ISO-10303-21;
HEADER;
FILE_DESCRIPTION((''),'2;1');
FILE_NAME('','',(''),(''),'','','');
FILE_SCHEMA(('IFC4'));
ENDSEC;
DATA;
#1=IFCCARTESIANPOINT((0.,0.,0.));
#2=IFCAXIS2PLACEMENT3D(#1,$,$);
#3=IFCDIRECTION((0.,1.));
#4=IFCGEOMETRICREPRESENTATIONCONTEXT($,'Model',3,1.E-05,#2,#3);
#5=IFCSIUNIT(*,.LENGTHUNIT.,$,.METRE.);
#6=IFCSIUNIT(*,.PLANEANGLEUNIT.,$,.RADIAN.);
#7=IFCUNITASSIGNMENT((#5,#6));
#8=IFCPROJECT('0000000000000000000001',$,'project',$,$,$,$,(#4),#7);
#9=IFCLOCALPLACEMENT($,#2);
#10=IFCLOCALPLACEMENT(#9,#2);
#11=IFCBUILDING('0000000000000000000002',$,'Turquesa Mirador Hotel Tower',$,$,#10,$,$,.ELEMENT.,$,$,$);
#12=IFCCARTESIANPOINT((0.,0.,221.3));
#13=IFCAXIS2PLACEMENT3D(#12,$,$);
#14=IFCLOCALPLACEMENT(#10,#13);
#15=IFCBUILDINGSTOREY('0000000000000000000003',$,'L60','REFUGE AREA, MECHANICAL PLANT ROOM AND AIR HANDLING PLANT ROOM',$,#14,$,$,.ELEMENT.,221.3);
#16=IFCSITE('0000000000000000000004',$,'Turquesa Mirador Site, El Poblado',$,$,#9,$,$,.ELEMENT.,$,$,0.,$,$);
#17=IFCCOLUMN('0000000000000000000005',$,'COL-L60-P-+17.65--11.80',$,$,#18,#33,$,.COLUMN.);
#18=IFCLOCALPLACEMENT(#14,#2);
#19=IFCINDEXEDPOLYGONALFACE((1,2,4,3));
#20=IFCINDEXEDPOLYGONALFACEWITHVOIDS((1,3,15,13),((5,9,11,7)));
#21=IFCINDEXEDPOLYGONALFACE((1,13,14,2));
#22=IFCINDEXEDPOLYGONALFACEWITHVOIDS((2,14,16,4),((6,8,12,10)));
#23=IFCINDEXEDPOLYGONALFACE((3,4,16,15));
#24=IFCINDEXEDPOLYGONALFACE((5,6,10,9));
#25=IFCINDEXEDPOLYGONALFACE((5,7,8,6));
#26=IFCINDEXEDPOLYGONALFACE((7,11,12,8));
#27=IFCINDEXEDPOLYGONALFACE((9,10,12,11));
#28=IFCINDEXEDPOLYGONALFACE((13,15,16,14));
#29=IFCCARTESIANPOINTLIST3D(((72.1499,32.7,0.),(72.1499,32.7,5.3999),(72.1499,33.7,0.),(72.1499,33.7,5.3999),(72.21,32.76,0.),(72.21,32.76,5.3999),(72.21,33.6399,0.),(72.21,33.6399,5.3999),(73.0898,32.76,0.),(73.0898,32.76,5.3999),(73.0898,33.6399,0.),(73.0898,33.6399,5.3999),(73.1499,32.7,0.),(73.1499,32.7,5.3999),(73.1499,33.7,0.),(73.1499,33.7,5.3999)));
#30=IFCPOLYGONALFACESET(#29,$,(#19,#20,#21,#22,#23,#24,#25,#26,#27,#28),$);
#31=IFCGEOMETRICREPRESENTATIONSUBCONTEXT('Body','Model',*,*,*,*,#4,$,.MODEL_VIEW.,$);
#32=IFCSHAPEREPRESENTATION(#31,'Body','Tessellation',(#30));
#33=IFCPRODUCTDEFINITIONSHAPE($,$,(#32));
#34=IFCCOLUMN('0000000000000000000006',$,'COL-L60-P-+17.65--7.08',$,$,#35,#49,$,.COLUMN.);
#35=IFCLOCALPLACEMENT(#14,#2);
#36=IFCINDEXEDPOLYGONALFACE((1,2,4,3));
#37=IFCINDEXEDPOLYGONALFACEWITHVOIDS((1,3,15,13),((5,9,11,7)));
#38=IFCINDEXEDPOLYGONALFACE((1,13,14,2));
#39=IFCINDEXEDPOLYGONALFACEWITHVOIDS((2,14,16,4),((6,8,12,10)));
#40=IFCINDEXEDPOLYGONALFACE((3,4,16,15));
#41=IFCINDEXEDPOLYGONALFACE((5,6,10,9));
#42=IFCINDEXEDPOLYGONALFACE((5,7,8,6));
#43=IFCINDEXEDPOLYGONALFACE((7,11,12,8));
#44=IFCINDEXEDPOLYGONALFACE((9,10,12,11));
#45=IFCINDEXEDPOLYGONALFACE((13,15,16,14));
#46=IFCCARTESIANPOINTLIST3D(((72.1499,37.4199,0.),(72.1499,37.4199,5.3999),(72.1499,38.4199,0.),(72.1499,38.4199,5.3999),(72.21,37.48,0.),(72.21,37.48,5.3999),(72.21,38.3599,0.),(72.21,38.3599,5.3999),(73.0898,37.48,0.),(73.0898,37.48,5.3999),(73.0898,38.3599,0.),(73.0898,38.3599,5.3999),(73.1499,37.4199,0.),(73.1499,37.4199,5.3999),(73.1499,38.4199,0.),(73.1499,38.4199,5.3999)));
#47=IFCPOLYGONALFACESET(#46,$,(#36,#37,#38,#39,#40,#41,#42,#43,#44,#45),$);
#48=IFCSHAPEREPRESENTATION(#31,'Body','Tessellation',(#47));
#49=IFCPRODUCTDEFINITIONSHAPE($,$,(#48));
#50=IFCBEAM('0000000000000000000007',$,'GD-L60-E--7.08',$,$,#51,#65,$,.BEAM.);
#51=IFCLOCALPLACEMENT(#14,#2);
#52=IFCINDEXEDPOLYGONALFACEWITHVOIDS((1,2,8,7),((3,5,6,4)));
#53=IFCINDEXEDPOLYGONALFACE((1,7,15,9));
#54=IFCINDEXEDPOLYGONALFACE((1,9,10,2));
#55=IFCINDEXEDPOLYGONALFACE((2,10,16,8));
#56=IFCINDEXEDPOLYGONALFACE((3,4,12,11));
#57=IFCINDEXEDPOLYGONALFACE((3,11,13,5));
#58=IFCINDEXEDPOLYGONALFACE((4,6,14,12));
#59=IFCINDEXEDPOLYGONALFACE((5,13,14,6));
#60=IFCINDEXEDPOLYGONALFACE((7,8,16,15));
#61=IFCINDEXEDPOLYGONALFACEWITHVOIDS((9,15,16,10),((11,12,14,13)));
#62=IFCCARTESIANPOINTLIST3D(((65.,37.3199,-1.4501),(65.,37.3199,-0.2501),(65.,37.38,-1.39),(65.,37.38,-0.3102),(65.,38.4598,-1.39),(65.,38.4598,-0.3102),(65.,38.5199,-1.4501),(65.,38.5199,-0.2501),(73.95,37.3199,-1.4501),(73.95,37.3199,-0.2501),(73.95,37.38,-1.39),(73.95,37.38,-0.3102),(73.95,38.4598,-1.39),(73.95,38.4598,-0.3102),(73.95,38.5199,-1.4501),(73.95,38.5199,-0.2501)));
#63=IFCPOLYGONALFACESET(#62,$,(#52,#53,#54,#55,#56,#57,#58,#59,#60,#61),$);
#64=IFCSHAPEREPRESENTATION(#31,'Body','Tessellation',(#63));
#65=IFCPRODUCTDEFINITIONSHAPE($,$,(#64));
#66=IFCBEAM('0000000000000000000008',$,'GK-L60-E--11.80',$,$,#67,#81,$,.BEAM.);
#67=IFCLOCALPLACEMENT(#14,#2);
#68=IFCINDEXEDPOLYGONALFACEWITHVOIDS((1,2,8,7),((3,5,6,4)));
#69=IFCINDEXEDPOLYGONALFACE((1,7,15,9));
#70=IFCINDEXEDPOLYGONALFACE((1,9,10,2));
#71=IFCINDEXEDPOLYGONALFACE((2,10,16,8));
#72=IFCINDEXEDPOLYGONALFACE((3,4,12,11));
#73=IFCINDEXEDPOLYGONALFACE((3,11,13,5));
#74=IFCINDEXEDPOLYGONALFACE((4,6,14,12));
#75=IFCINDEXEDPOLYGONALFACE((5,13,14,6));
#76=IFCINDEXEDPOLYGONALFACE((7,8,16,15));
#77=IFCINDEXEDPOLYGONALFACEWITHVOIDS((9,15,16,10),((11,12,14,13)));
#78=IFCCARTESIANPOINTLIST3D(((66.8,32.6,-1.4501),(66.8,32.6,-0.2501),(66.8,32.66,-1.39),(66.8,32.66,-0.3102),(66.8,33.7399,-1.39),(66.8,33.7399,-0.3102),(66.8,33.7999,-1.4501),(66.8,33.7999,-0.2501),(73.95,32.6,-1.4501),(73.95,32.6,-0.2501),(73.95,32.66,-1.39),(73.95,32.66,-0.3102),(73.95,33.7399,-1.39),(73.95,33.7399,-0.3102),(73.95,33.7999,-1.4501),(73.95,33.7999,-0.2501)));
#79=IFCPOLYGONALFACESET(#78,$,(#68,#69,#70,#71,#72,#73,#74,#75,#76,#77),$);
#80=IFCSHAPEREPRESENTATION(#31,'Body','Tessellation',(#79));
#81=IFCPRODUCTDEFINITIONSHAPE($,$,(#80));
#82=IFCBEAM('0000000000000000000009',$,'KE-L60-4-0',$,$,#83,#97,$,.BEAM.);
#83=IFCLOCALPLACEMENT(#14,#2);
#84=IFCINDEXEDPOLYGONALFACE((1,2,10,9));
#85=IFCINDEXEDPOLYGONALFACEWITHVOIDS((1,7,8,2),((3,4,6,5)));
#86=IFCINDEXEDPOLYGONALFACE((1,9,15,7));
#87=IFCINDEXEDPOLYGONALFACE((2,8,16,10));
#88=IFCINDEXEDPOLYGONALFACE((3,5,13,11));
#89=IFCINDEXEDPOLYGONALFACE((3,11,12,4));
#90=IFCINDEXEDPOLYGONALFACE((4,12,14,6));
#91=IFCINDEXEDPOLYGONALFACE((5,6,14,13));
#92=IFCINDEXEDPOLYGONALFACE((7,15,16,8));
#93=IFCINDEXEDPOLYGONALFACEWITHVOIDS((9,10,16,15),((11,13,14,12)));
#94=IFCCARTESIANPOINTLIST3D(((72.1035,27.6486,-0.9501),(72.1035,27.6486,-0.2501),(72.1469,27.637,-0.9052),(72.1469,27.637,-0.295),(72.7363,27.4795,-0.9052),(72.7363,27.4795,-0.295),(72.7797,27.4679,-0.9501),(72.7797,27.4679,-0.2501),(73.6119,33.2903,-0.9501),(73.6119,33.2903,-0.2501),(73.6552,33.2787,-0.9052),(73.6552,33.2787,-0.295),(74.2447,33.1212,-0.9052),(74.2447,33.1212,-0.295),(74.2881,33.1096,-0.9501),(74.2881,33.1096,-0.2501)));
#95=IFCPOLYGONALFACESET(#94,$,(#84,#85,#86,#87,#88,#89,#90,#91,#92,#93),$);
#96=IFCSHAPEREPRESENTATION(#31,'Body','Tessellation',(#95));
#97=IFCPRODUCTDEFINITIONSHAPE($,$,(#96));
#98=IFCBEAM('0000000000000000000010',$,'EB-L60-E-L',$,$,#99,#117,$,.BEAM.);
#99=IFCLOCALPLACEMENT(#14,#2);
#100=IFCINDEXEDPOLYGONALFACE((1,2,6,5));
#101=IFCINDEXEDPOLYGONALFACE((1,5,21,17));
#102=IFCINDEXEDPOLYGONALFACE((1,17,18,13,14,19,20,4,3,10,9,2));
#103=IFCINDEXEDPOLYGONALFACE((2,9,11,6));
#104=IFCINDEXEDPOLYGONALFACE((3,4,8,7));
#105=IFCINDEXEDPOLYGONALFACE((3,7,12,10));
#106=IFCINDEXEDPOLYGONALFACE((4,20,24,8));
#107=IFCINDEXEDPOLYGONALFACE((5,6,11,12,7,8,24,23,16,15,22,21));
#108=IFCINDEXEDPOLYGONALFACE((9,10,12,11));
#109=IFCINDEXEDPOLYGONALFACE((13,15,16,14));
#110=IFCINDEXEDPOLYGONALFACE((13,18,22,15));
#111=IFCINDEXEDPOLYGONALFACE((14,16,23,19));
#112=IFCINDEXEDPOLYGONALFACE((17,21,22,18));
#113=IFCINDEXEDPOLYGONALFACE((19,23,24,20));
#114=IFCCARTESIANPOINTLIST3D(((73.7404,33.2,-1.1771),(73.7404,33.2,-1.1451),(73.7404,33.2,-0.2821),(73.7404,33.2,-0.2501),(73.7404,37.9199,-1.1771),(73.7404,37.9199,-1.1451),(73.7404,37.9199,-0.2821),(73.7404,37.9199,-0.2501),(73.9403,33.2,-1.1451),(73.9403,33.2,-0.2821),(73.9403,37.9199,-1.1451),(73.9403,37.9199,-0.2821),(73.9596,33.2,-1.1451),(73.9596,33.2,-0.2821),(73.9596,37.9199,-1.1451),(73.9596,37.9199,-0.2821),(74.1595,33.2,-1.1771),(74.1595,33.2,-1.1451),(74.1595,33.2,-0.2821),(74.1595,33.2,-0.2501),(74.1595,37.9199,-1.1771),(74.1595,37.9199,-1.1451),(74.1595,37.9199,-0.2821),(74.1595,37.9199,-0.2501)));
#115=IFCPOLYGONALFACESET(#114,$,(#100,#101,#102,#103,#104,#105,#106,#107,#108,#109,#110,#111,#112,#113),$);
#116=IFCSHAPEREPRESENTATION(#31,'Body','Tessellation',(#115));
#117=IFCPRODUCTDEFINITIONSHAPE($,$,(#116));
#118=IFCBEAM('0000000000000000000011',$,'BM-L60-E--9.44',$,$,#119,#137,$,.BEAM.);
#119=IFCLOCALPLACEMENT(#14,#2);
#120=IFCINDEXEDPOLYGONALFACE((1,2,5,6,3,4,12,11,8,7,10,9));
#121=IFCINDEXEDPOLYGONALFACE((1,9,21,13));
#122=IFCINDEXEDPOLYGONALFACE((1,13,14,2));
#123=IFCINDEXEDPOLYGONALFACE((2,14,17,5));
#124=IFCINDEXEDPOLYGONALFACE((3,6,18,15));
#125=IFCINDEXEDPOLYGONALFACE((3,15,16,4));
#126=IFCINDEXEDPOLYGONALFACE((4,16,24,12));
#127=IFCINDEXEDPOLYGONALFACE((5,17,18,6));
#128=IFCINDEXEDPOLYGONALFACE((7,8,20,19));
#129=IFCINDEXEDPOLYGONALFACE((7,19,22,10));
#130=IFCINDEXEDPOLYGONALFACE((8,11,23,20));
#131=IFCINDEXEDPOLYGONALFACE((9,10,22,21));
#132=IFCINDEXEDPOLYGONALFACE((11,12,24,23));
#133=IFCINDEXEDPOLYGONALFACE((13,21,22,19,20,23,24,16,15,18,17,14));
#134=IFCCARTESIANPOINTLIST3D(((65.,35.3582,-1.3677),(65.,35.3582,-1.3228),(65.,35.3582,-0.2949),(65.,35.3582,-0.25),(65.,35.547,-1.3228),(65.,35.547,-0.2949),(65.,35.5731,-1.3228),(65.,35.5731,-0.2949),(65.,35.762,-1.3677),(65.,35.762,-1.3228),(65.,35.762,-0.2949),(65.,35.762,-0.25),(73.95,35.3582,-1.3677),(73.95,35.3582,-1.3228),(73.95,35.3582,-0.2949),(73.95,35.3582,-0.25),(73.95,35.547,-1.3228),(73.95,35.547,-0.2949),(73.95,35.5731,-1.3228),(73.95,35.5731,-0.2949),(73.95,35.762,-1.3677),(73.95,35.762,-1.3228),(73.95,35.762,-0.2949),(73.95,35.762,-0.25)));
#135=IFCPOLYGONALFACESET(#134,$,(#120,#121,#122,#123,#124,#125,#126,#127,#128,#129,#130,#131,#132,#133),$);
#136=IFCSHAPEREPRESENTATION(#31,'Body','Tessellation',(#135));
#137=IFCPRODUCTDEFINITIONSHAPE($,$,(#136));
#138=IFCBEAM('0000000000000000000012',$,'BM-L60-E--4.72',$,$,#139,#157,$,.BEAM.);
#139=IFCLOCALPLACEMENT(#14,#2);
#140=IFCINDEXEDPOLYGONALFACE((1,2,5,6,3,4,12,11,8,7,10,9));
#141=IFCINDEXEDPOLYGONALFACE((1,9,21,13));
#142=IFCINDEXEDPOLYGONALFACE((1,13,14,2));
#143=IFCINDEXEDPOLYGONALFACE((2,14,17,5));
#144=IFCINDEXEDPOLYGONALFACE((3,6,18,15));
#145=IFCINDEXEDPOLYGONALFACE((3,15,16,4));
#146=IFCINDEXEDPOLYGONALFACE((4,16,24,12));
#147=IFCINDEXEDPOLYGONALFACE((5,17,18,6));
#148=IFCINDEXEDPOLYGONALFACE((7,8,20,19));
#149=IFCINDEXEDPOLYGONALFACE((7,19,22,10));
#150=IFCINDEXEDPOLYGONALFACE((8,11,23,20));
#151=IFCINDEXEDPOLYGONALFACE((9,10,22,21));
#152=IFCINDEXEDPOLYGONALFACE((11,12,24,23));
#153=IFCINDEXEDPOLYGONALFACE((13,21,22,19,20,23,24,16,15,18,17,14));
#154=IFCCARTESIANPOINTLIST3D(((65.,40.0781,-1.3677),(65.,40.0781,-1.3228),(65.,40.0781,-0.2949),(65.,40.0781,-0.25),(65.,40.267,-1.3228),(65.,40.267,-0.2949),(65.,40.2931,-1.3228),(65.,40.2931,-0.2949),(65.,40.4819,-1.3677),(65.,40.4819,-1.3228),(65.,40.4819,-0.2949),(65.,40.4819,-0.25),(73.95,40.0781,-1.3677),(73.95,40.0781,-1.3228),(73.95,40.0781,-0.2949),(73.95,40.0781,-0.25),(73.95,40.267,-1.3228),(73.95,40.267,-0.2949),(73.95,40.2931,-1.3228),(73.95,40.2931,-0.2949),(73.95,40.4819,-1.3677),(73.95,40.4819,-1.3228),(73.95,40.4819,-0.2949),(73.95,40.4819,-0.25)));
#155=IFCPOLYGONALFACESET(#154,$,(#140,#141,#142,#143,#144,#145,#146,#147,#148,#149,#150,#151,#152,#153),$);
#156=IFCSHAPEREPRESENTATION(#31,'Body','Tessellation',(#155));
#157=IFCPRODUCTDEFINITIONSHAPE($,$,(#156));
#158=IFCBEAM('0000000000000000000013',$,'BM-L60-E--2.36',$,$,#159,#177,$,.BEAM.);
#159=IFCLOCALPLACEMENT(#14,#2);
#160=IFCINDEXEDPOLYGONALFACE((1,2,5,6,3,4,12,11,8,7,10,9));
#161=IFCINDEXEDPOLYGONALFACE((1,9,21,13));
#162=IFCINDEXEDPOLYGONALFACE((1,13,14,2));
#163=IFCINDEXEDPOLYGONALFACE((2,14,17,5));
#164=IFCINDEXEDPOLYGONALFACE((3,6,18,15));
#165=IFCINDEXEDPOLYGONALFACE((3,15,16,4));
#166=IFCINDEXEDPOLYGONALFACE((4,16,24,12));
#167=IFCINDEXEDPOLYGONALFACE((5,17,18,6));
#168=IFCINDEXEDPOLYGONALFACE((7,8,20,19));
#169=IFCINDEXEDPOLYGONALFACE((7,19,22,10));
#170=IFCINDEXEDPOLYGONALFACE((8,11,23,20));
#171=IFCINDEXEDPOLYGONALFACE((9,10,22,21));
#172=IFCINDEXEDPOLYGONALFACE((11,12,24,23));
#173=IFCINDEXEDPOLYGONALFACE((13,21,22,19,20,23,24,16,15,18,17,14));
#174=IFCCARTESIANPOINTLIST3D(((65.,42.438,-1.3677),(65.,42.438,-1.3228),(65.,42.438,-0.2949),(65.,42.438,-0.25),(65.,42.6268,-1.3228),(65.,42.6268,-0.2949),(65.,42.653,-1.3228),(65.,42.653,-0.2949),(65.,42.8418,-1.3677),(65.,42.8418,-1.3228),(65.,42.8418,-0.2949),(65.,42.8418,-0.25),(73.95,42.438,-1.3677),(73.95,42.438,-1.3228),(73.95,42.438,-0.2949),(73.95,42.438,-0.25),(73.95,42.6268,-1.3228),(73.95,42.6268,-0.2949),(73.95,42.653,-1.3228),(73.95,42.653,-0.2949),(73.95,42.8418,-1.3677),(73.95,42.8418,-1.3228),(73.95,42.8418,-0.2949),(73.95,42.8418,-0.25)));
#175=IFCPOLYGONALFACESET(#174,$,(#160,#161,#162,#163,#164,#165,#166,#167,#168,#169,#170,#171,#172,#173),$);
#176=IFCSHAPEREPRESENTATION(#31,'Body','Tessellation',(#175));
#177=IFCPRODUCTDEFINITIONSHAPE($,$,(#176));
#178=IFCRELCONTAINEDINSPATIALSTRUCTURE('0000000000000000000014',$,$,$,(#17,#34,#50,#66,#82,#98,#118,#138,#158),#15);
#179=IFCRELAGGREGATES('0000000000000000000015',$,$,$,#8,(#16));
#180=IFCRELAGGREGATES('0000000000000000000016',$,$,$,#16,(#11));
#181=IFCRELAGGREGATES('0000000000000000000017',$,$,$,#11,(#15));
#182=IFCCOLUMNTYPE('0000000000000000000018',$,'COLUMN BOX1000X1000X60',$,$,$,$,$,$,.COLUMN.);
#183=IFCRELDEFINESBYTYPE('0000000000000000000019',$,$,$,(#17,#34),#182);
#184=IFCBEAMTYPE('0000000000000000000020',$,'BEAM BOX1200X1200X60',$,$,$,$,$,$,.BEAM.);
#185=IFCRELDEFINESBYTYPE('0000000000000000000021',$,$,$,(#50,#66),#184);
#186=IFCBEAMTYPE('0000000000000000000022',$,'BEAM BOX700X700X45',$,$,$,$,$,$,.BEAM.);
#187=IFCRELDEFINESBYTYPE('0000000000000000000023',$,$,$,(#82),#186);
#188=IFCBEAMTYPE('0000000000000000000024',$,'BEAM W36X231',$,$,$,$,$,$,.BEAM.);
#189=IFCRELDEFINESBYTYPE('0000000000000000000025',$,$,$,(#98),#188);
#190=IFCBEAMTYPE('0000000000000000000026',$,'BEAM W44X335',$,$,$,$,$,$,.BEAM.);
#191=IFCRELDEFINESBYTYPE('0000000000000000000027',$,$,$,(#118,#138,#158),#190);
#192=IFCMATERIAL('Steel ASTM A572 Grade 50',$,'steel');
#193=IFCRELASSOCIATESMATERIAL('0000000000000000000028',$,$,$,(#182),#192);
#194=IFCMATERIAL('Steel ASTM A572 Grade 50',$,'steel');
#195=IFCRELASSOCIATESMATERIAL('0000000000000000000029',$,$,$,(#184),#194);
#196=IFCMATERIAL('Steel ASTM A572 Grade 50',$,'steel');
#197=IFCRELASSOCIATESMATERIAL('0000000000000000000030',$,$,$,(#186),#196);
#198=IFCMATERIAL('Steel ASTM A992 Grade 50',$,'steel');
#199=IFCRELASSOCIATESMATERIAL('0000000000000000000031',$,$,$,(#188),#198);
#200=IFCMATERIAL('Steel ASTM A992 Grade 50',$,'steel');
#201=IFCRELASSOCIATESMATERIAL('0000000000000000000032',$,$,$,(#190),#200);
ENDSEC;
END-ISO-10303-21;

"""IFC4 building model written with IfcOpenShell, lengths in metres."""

from ifc_helpers import new_model, si_unit, direction, frame, origin, origin_2d, place, context, subcontext, project, spatial, hollow_rectangle, i_section, extrude, material, material_profile, profile_set, type_object, element, save


model = new_model("IFC4")

# Units and contexts
model_context = context("Model", 3, precision=1e-05, world=origin(), true_north=direction((0.0, 1.0)))
body_context = subcontext(model_context, "Body", "Model", "MODEL_VIEW")
ifc_project = project(units=[si_unit("LENGTHUNIT", "METRE"), si_unit("PLANEANGLEUNIT", "RADIAN")], contexts=[model_context])

# Site, building, storey
site_placement = place(None, origin())
site = spatial("IfcSite", under=ifc_project, at=site_placement, Name="Turquesa Mirador Site, El Poblado", CompositionType="ELEMENT", RefElevation=0.0)
building_placement = place(site_placement, origin())
building = spatial("IfcBuilding", under=site, at=building_placement, Name="Turquesa Mirador Hotel Tower", CompositionType="ELEMENT")
storey_placement = place(building_placement, frame((0.0, 0.0, 221.3)))
storey = spatial("IfcBuildingStorey", under=building, at=storey_placement, Name="L60", Description="REFUGE AREA, MECHANICAL PLANT ROOM AND AIR HANDLING PLANT ROOM", CompositionType="ELEMENT", Elevation=221.3)

# Columns
ifc_material_1 = material(Name="Steel ASTM A572 Grade 50", Category="steel")
ifc_material_profile_1 = material_profile(ifc_material_1, hollow_rectangle(XDim=1.0, YDim=1.0, WallThickness=0.0601, at=origin_2d()), Name="BOX1000X1000X60")
ifc_profile_set_1 = profile_set([ifc_material_profile_1], Name="Steel ASTM A572 Grade 50")
column_type = type_object("IfcColumnType", Name="COLUMN BOX1000X1000X60", PredefinedType="COLUMN", material=ifc_profile_set_1)
for number, where, z_axis, x_axis, name in (
    (1, (72.6499, 33.2, 0.0), (0.0, 0.0, 1.0), (1.0, 0.0, 0.0), "COL-L60-P-+17.65--11.80"),
    (2, (72.6499, 37.9199, 0.0), (0.0, 0.0, 1.0), (1.0, 0.0, 0.0), "COL-L60-P-+17.65--7.08"),
):
    element("IfcColumn", number, at=place(storey_placement, frame(where, z_axis=z_axis, x_axis=x_axis)), inside=storey, type_object=column_type, Name=name, PredefinedType="COLUMN", context=body_context, shape_type="SweptSolid", body=[
        extrude(hollow_rectangle(XDim=1.0, YDim=1.0, WallThickness=0.0601, at=origin_2d()), origin(), (0.0, 0.0, 1.0), 5.3999),
    ])

# Beams
ifc_material_2 = material(Name="Steel ASTM A572 Grade 50", Category="steel")
ifc_material_profile_2 = material_profile(ifc_material_2, hollow_rectangle(XDim=1.2, YDim=1.2, WallThickness=0.0601, at=origin_2d()), Name="BOX1200X1200X60")
ifc_profile_set_2 = profile_set([ifc_material_profile_2], Name="Steel ASTM A572 Grade 50")
beam_type_1 = type_object("IfcBeamType", Name="BEAM BOX1200X1200X60", PredefinedType="BEAM", material=ifc_profile_set_2)
beam_1_placement = place(storey_placement, frame((73.95, 37.9199, -0.8501), z_axis=(-1.0, 0.0, 0.0), x_axis=(0.0, -1.0, 0.0)))
element("IfcBeam", 3, at=beam_1_placement, inside=storey, type_object=beam_type_1, Name="GD-L60-E--7.08", PredefinedType="BEAM", context=body_context, shape_type="SweptSolid", body=[
    extrude(hollow_rectangle(XDim=1.2, YDim=1.2, WallThickness=0.0601, at=origin_2d()), origin(), (0.0, 0.0, 1.0), 8.95),
])
beam_2_placement = place(storey_placement, frame((73.95, 33.2, -0.8501), z_axis=(-1.0, 0.0, 0.0), x_axis=(0.0, -1.0, 0.0)))
element("IfcBeam", 4, at=beam_2_placement, inside=storey, type_object=beam_type_1, Name="GK-L60-E--11.80", PredefinedType="BEAM", context=body_context, shape_type="SweptSolid", body=[
    extrude(hollow_rectangle(XDim=1.2, YDim=1.2, WallThickness=0.0601, at=origin_2d()), origin(), (0.0, 0.0, 1.0), 7.1499),
])
ifc_material_3 = material(Name="Steel ASTM A572 Grade 50", Category="steel")
ifc_material_profile_3 = material_profile(ifc_material_3, hollow_rectangle(XDim=0.7, YDim=0.7, WallThickness=0.0449, at=origin_2d()), Name="BOX700X700X45")
ifc_profile_set_3 = profile_set([ifc_material_profile_3], Name="Steel ASTM A572 Grade 50")
beam_type_2 = type_object("IfcBeamType", Name="BEAM BOX700X700X45", PredefinedType="BEAM", material=ifc_profile_set_3)
beam_3_placement = place(storey_placement, frame((73.95, 33.2, -0.6001), z_axis=(-0.258282, -0.96607, 0.0), x_axis=(0.96607, -0.258282, 0.0)))
element("IfcBeam", 5, at=beam_3_placement, inside=storey, type_object=beam_type_2, Name="KE-L60-4-0", PredefinedType="BEAM", context=body_context, shape_type="SweptSolid", body=[
    extrude(hollow_rectangle(XDim=0.7, YDim=0.7, WallThickness=0.0449, at=origin_2d()), origin(), (0.0, 0.0, 1.0), 5.8398),
])
ifc_material_4 = material(Name="Steel ASTM A992 Grade 50", Category="steel")
ifc_material_profile_4 = material_profile(ifc_material_4, i_section(OverallWidth=0.4192, OverallDepth=0.927, WebThickness=0.0193, FlangeThickness=0.032, at=origin_2d()), Name="W36X231")
ifc_profile_set_4 = profile_set([ifc_material_profile_4], Name="Steel ASTM A992 Grade 50")
beam_type_3 = type_object("IfcBeamType", Name="BEAM W36X231", PredefinedType="BEAM", material=ifc_profile_set_4)
beam_4_placement = place(storey_placement, frame((73.95, 33.2, -0.7136), z_axis=(0.0, 1.0, 0.0), x_axis=(-1.0, 0.0, 0.0)))
element("IfcBeam", 6, at=beam_4_placement, inside=storey, type_object=beam_type_3, Name="EB-L60-E-L", PredefinedType="BEAM", context=body_context, shape_type="SweptSolid", body=[
    extrude(i_section(OverallWidth=0.4192, OverallDepth=0.927, WebThickness=0.0193, FlangeThickness=0.032, at=origin_2d()), origin(), (0.0, 0.0, 1.0), 4.72),
])
ifc_material_5 = material(Name="Steel ASTM A992 Grade 50", Category="steel")
ifc_material_profile_5 = material_profile(ifc_material_5, i_section(OverallWidth=0.4038, OverallDepth=1.1177, WebThickness=0.0261, FlangeThickness=0.0449, at=origin_2d()), Name="W44X335")
ifc_profile_set_5 = profile_set([ifc_material_profile_5], Name="Steel ASTM A992 Grade 50")
beam_type_4 = type_object("IfcBeamType", Name="BEAM W44X335", PredefinedType="BEAM", material=ifc_profile_set_5)
for number, where, z_axis, x_axis, name in (
    (7, (73.95, 35.5601, -0.8088), (-1.0, 0.0, 0.0), (0.0, -1.0, 0.0), "BM-L60-E--9.44"),
    (8, (73.95, 40.28, -0.8088), (-1.0, 0.0, 0.0), (0.0, -1.0, 0.0), "BM-L60-E--4.72"),
    (9, (73.95, 42.6399, -0.8088), (-1.0, 0.0, 0.0), (0.0, -1.0, 0.0), "BM-L60-E--2.36"),
):
    element("IfcBeam", number, at=place(storey_placement, frame(where, z_axis=z_axis, x_axis=x_axis)), inside=storey, type_object=beam_type_4, Name=name, PredefinedType="BEAM", context=body_context, shape_type="SweptSolid", body=[
        extrude(i_section(OverallWidth=0.4038, OverallDepth=1.1177, WebThickness=0.0261, FlangeThickness=0.0449, at=origin_2d()), origin(), (0.0, 0.0, 1.0), 8.95),
    ])

save(model, "model.ifc")
